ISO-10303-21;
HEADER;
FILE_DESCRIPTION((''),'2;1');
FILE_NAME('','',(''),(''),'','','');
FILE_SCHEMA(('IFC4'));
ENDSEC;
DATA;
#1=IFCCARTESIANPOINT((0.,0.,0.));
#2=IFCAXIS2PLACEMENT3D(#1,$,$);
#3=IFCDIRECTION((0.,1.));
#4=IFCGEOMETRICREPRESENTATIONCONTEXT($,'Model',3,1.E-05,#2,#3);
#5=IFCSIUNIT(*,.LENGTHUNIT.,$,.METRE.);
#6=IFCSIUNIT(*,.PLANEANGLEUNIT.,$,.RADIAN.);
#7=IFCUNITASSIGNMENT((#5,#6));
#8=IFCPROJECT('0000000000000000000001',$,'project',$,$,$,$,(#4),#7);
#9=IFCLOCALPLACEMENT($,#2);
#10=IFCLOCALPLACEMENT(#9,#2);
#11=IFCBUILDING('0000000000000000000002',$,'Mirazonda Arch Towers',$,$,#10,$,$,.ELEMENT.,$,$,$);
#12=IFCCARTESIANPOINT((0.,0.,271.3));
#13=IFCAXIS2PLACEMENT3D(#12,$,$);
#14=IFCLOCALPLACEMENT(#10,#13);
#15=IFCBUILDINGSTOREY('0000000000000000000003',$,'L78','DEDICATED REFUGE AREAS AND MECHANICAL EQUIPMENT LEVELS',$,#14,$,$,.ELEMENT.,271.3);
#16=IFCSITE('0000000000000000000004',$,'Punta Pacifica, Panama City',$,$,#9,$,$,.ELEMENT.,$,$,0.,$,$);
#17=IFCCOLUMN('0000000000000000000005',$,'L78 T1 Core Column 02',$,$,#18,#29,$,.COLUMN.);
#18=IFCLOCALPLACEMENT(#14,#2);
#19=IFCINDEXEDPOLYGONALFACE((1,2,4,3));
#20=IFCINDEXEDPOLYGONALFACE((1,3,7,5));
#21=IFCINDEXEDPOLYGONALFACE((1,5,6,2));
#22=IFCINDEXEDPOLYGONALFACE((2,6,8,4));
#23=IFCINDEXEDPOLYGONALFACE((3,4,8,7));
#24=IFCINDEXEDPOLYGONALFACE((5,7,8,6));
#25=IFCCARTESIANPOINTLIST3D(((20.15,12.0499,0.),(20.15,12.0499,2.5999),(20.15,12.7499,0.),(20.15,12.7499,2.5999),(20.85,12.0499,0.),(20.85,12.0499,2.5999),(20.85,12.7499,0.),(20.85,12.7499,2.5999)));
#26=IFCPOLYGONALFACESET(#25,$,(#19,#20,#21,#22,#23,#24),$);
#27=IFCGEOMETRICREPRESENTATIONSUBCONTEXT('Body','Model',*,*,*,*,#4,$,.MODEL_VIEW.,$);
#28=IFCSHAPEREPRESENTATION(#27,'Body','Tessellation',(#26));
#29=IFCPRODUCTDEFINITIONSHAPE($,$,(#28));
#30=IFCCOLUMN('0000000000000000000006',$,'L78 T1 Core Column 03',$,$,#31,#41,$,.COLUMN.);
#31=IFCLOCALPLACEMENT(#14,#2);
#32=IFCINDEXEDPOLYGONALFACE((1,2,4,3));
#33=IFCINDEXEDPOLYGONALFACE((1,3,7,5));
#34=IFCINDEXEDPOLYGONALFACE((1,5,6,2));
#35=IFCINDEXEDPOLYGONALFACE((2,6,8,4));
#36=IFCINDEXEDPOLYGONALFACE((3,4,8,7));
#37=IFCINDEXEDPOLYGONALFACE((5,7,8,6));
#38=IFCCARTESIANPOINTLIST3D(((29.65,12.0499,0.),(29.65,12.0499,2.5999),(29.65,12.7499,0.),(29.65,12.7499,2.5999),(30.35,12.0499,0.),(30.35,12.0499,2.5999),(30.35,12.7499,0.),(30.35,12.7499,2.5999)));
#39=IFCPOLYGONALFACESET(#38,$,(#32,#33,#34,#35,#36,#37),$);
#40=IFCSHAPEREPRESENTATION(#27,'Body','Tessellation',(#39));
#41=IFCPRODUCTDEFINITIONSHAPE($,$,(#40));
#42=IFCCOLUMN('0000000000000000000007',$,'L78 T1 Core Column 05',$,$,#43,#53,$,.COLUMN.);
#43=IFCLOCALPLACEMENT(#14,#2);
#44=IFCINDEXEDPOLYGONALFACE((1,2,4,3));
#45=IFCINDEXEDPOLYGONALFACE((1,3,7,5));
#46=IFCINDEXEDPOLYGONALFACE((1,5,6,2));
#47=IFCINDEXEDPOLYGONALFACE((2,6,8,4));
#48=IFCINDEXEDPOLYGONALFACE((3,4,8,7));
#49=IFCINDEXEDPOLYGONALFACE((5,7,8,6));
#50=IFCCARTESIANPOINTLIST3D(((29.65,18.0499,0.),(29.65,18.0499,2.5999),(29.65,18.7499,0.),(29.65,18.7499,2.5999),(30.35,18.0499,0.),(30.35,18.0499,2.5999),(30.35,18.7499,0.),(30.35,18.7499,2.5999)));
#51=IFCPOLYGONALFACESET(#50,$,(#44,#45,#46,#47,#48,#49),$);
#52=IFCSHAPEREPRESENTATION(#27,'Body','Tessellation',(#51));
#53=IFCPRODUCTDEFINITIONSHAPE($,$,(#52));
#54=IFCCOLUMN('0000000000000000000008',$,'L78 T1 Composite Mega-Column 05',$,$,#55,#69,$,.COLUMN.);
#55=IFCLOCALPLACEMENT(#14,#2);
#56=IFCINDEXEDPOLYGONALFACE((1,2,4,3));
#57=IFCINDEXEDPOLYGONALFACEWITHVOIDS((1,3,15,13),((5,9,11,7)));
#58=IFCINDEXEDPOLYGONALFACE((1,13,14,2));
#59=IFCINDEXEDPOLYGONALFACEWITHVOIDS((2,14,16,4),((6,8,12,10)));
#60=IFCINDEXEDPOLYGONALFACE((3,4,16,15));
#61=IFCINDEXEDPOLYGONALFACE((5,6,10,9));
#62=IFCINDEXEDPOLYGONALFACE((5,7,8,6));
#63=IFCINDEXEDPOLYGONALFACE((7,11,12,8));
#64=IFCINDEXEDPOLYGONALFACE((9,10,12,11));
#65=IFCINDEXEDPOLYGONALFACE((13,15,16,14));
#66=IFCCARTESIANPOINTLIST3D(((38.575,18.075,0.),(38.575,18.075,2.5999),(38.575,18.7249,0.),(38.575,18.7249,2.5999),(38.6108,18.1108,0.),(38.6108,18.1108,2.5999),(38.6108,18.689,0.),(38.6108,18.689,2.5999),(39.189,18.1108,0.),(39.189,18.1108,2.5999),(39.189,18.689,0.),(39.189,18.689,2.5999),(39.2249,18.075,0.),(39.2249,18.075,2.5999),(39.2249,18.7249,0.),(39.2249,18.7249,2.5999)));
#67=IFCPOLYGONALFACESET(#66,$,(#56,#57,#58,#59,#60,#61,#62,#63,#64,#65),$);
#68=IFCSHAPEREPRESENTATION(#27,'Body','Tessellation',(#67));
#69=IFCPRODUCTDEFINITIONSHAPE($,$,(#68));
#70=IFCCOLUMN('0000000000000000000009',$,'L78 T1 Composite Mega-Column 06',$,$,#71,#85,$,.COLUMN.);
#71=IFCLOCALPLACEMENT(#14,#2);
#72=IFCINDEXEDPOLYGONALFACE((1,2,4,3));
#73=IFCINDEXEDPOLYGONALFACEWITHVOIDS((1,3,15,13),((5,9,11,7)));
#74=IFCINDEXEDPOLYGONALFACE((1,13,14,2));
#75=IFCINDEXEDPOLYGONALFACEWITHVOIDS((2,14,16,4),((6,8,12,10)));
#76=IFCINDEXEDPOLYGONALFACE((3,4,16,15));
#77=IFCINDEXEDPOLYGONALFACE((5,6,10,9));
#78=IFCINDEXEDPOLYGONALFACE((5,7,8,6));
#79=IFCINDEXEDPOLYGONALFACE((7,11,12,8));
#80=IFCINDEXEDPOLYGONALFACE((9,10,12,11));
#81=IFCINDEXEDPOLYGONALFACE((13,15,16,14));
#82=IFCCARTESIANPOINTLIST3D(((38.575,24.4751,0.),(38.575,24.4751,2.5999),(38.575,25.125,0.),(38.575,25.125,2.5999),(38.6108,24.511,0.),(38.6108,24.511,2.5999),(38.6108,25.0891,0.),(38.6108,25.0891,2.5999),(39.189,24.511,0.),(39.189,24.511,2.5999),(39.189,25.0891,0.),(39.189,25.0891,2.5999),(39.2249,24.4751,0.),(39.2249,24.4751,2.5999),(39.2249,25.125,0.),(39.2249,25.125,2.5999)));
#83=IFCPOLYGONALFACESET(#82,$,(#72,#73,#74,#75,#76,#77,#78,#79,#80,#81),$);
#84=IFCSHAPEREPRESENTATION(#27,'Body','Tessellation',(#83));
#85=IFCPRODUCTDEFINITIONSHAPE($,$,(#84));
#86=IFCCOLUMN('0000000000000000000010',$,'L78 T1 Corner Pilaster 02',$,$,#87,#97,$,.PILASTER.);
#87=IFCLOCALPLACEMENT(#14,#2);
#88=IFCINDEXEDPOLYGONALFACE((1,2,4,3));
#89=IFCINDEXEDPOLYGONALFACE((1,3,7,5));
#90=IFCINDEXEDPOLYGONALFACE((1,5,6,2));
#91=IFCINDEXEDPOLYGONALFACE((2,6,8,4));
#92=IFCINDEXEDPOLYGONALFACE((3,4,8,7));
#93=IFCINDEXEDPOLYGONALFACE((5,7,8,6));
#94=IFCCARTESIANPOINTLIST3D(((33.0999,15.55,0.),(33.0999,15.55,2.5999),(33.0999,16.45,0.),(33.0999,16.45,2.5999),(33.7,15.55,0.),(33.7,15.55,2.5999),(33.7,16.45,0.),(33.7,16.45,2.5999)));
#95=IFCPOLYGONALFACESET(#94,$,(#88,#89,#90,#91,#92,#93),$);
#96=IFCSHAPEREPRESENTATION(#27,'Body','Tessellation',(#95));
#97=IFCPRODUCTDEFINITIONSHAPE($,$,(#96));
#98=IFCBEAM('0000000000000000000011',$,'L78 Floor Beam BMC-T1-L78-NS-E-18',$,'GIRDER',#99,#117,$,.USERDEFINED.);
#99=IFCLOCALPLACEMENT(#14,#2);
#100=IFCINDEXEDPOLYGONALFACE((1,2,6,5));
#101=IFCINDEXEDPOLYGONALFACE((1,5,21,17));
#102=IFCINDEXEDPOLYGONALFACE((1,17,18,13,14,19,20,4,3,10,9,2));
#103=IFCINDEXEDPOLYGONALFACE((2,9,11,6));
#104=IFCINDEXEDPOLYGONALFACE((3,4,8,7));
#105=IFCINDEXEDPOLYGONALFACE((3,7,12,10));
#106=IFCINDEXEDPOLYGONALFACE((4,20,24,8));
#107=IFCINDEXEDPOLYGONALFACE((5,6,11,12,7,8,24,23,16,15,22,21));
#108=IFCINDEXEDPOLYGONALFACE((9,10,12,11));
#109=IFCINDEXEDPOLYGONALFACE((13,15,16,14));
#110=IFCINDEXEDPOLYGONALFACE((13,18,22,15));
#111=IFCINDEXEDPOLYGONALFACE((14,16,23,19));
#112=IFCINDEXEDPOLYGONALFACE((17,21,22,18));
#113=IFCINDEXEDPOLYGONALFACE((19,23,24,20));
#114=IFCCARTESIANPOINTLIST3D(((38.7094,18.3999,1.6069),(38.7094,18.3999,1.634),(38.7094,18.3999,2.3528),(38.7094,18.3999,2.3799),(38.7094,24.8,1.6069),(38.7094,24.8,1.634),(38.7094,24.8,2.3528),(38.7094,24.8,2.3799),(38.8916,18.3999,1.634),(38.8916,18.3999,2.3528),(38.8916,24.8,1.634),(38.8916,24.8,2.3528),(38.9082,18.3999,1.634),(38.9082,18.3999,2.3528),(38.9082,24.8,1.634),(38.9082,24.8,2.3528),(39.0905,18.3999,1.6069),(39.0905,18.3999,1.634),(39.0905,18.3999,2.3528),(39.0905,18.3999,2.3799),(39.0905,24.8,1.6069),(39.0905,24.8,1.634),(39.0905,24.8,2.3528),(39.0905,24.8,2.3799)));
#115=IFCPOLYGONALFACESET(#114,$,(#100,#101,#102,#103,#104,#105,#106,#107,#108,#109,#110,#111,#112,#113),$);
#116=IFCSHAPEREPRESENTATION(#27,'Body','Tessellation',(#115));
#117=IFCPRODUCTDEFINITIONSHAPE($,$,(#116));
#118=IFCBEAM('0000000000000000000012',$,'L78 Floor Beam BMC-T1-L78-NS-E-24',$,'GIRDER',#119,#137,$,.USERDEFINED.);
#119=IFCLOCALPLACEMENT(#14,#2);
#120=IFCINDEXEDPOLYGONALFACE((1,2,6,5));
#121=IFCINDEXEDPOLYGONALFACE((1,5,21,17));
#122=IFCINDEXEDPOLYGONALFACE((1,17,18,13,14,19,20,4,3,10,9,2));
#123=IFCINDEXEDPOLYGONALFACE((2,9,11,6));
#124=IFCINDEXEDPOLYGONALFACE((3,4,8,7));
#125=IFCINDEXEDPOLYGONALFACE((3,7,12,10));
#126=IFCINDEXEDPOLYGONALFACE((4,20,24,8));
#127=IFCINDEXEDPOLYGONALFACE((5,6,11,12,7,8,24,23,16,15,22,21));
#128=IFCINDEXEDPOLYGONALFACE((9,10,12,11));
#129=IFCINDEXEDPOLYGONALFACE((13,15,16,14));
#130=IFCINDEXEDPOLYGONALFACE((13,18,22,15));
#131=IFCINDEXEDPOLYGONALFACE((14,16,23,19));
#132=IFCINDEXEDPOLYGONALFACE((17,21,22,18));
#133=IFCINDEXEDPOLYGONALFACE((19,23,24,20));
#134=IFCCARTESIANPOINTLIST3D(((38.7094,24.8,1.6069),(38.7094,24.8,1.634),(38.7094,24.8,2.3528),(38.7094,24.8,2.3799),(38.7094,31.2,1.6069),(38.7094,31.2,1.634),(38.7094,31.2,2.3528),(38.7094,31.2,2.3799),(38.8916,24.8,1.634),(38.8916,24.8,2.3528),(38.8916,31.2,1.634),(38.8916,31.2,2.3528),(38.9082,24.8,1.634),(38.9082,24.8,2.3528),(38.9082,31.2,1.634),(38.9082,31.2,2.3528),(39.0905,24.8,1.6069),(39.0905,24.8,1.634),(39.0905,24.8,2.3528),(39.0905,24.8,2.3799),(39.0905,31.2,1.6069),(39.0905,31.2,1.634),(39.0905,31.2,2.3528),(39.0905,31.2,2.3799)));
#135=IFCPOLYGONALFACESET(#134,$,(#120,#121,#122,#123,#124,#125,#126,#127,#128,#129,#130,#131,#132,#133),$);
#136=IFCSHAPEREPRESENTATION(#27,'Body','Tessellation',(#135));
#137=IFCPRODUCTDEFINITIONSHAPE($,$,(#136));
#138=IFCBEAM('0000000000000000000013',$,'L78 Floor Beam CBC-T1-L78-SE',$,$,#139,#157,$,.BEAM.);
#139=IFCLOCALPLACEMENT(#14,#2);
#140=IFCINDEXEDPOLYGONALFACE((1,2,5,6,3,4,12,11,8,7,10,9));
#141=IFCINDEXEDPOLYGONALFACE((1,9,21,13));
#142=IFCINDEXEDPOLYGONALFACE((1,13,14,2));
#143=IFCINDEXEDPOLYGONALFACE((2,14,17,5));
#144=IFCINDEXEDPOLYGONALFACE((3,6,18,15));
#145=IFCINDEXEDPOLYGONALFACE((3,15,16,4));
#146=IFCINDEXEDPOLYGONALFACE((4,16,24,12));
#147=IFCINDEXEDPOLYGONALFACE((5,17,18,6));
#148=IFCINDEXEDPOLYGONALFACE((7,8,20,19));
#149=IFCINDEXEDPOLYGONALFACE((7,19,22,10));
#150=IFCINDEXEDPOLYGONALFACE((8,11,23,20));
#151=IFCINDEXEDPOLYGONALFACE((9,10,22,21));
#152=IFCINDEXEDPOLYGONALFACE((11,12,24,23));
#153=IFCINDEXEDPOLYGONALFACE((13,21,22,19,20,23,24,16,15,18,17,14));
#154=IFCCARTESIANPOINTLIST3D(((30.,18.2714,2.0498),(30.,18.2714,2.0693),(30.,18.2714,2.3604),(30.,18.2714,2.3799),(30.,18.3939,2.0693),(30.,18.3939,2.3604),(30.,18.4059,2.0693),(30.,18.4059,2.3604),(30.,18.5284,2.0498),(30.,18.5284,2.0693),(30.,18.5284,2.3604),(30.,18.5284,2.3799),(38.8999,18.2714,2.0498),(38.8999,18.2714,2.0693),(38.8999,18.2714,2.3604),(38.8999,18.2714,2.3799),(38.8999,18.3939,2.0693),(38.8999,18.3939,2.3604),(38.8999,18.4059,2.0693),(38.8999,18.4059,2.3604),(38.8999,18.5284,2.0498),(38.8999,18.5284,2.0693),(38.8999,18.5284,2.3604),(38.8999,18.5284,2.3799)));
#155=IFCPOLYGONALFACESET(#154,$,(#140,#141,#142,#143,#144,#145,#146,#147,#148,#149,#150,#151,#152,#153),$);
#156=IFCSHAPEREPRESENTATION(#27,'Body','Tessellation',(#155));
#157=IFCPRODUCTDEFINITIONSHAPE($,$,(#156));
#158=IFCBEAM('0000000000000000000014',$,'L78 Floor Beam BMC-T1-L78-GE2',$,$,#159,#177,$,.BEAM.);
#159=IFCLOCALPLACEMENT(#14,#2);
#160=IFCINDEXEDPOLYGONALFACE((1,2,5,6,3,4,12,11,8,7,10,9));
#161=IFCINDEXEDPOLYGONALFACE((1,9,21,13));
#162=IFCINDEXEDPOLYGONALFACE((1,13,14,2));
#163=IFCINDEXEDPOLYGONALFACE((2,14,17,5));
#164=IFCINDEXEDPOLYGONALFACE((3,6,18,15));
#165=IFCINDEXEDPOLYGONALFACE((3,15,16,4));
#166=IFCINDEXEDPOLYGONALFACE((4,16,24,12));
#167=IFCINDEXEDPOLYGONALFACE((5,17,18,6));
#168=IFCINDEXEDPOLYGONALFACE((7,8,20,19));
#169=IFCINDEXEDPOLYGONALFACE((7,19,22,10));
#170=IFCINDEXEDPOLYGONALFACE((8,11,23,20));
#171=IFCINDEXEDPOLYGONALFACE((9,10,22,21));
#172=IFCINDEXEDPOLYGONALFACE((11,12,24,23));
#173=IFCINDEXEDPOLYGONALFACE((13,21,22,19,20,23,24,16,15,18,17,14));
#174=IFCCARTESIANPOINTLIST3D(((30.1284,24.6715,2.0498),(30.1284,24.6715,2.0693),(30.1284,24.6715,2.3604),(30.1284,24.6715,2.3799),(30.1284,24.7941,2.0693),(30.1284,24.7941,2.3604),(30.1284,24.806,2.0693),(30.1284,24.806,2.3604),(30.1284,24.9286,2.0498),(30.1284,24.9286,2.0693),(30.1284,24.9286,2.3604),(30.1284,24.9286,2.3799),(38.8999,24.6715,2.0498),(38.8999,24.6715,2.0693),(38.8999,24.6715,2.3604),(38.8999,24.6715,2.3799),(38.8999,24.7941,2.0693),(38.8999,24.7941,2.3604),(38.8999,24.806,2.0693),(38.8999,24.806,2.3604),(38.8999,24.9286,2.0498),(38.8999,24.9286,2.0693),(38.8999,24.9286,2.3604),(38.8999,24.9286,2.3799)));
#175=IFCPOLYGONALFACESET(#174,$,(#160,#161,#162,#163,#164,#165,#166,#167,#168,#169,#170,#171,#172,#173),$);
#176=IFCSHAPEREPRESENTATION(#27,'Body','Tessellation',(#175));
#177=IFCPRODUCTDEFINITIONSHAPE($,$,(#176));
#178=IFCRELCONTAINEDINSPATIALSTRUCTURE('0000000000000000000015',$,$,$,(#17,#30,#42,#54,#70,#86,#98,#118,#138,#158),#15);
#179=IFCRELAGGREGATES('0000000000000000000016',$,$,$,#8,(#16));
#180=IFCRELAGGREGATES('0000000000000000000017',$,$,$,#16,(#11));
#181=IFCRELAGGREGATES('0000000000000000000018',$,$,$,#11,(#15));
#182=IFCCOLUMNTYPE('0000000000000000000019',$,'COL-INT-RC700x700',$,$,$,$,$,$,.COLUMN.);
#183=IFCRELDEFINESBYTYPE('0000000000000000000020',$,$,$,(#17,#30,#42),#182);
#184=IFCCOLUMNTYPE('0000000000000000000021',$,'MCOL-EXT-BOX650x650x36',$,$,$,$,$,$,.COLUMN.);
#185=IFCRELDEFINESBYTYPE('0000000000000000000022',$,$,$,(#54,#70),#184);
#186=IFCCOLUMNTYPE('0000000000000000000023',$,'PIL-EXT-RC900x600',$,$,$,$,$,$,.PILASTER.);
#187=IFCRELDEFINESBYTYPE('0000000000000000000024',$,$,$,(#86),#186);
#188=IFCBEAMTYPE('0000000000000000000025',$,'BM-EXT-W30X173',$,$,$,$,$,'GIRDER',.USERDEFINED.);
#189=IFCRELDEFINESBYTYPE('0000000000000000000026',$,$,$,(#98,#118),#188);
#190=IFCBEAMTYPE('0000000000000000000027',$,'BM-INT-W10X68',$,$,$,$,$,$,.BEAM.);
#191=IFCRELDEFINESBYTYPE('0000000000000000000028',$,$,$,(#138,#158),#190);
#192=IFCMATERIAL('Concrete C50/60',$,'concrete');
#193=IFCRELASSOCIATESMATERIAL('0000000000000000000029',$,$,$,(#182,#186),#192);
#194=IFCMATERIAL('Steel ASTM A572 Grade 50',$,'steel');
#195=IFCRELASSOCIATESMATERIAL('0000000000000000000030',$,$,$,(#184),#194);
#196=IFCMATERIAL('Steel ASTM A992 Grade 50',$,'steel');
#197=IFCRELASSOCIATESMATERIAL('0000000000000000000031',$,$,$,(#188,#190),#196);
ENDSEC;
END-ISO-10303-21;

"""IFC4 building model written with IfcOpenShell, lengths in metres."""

from ifc_helpers import new_model, si_unit, direction, frame, origin, origin_2d, place, context, subcontext, project, spatial, rectangle, hollow_rectangle, i_section, extrude, material, material_profile, profile_set, type_object, element, save


model = new_model("IFC4")

# Units and contexts
model_context = context("Model", 3, precision=1e-05, world=origin(), true_north=direction((0.0, 1.0)))
body_context = subcontext(model_context, "Body", "Model", "MODEL_VIEW")
ifc_project = project(units=[si_unit("LENGTHUNIT", "METRE"), si_unit("PLANEANGLEUNIT", "RADIAN")], contexts=[model_context])

# Site, building, storey
site_placement = place(None, origin())
site = spatial("IfcSite", under=ifc_project, at=site_placement, Name="Punta Pacifica, Panama City", CompositionType="ELEMENT", RefElevation=0.0)
building_placement = place(site_placement, origin())
building = spatial("IfcBuilding", under=site, at=building_placement, Name="Mirazonda Arch Towers", CompositionType="ELEMENT")
storey_placement = place(building_placement, frame((0.0, 0.0, 271.3)))
storey = spatial("IfcBuildingStorey", under=building, at=storey_placement, Name="L78", Description="DEDICATED REFUGE AREAS AND MECHANICAL EQUIPMENT LEVELS", CompositionType="ELEMENT", Elevation=271.3)

# Columns
ifc_material_1 = material(Name="Concrete C50/60", Category="concrete")
ifc_material_profile_1 = material_profile(ifc_material_1, rectangle(XDim=0.7, YDim=0.7, at=origin_2d()), Name="RC700x700")
ifc_profile_set_1 = profile_set([ifc_material_profile_1], Name="Concrete C50/60")
column_type_1 = type_object("IfcColumnType", Name="COL-INT-RC700x700", PredefinedType="COLUMN", material=ifc_profile_set_1)
for number, where, z_axis, x_axis, name in (
    (1, (20.5, 12.3999, 0.0), (0.0, 0.0, 1.0), (1.0, 0.0, 0.0), "L78 T1 Core Column 02"),
    (2, (30.0, 12.3999, 0.0), (0.0, 0.0, 1.0), (1.0, 0.0, 0.0), "L78 T1 Core Column 03"),
    (3, (30.0, 18.3999, 0.0), (0.0, 0.0, 1.0), (1.0, 0.0, 0.0), "L78 T1 Core Column 05"),
):
    element("IfcColumn", number, at=place(storey_placement, frame(where, z_axis=z_axis, x_axis=x_axis)), inside=storey, type_object=column_type_1, Name=name, PredefinedType="COLUMN", context=body_context, shape_type="SweptSolid", body=[
        extrude(rectangle(XDim=0.7, YDim=0.7, at=origin_2d()), origin(), (0.0, 0.0, 1.0), 2.5999),
    ])
ifc_material_2 = material(Name="Steel ASTM A572 Grade 50", Category="steel")
ifc_material_profile_2 = material_profile(ifc_material_2, hollow_rectangle(XDim=0.6499, YDim=0.6499, WallThickness=0.0359, at=origin_2d()), Name="BOX650x650x36")
ifc_profile_set_2 = profile_set([ifc_material_profile_2], Name="Steel ASTM A572 Grade 50")
column_type_2 = type_object("IfcColumnType", Name="MCOL-EXT-BOX650x650x36", PredefinedType="COLUMN", material=ifc_profile_set_2)
for number, where, z_axis, x_axis, name in (
    (4, (38.8999, 18.3999, 0.0), (0.0, 0.0, 1.0), (1.0, 0.0, 0.0), "L78 T1 Composite Mega-Column 05"),
    (5, (38.8999, 24.8, 0.0), (0.0, 0.0, 1.0), (1.0, 0.0, 0.0), "L78 T1 Composite Mega-Column 06"),
):
    element("IfcColumn", number, at=place(storey_placement, frame(where, z_axis=z_axis, x_axis=x_axis)), inside=storey, type_object=column_type_2, Name=name, PredefinedType="COLUMN", context=body_context, shape_type="SweptSolid", body=[
        extrude(hollow_rectangle(XDim=0.6499, YDim=0.6499, WallThickness=0.0359, at=origin_2d()), origin(), (0.0, 0.0, 1.0), 2.5999),
    ])
ifc_material_profile_3 = material_profile(ifc_material_1, rectangle(XDim=0.6001, YDim=0.8999, at=origin_2d()), Name="RC900x600")
ifc_profile_set_3 = profile_set([ifc_material_profile_3], Name="Concrete C50/60")
column_type_3 = type_object("IfcColumnType", Name="PIL-EXT-RC900x600", PredefinedType="PILASTER", material=ifc_profile_set_3)
column_placement = place(storey_placement, frame((33.3999, 16.0, 0.0), z_axis=(0.0, 0.0, 1.0), x_axis=(1.0, 0.0, 0.0)))
element("IfcColumn", 6, at=column_placement, inside=storey, type_object=column_type_3, Name="L78 T1 Corner Pilaster 02", PredefinedType="PILASTER", context=body_context, shape_type="SweptSolid", body=[
    extrude(rectangle(XDim=0.6001, YDim=0.8999, at=origin_2d()), origin(), (0.0, 0.0, 1.0), 2.5999),
])

# Beams
ifc_material_3 = material(Name="Steel ASTM A992 Grade 50", Category="steel")
ifc_material_profile_4 = material_profile(ifc_material_3, i_section(OverallWidth=0.3811, OverallDepth=0.7729, WebThickness=0.0166, FlangeThickness=0.0271, at=origin_2d()), Name="W30X173")
ifc_profile_set_4 = profile_set([ifc_material_profile_4], Name="Steel ASTM A992 Grade 50")
beam_type_1 = type_object("IfcBeamType", Name="BM-EXT-W30X173", ElementType="GIRDER", PredefinedType="USERDEFINED", material=ifc_profile_set_4)
beam_1_placement = place(storey_placement, frame((38.8999, 18.3999, 1.9934), z_axis=(0.0, 1.0, 0.0), x_axis=(-1.0, 0.0, 0.0)))
element("IfcBeam", 7, at=beam_1_placement, inside=storey, type_object=beam_type_1, Name="L78 Floor Beam BMC-T1-L78-NS-E-18", ObjectType="GIRDER", PredefinedType="USERDEFINED", context=body_context, shape_type="SweptSolid", body=[
    extrude(i_section(OverallWidth=0.3811, OverallDepth=0.7729, WebThickness=0.0166, FlangeThickness=0.0271, at=origin_2d()), origin(), (0.0, 0.0, 1.0), 6.4001),
])
beam_2_placement = place(storey_placement, frame((38.8999, 24.8, 1.9934), z_axis=(0.0, 1.0, 0.0), x_axis=(-1.0, 0.0, 0.0)))
element("IfcBeam", 8, at=beam_2_placement, inside=storey, type_object=beam_type_1, Name="L78 Floor Beam BMC-T1-L78-NS-E-24", ObjectType="GIRDER", PredefinedType="USERDEFINED", context=body_context, shape_type="SweptSolid", body=[
    extrude(i_section(OverallWidth=0.3811, OverallDepth=0.7729, WebThickness=0.0166, FlangeThickness=0.0271, at=origin_2d()), origin(), (0.0, 0.0, 1.0), 6.3999),
])
ifc_material_profile_5 = material_profile(ifc_material_3, i_section(OverallWidth=0.2571, OverallDepth=0.3301, WebThickness=0.012, FlangeThickness=0.0195, at=origin_2d()), Name="W10X68")
ifc_profile_set_5 = profile_set([ifc_material_profile_5], Name="Steel ASTM A992 Grade 50")
beam_type_2 = type_object("IfcBeamType", Name="BM-INT-W10X68", PredefinedType="BEAM", material=ifc_profile_set_5)
beam_3_placement = place(storey_placement, frame((30.0, 18.3999, 2.2148), z_axis=(1.0, 0.0, 0.0), x_axis=(0.0, 1.0, 0.0)))
element("IfcBeam", 9, at=beam_3_placement, inside=storey, type_object=beam_type_2, Name="L78 Floor Beam CBC-T1-L78-SE", PredefinedType="BEAM", context=body_context, shape_type="SweptSolid", body=[
    extrude(i_section(OverallWidth=0.2571, OverallDepth=0.3301, WebThickness=0.012, FlangeThickness=0.0195, at=origin_2d()), origin(), (0.0, 0.0, 1.0), 8.8999),
])
beam_4_placement = place(storey_placement, frame((30.1284, 24.8, 2.2148), z_axis=(1.0, 0.0, 0.0), x_axis=(0.0, 1.0, 0.0)))
element("IfcBeam", 10, at=beam_4_placement, inside=storey, type_object=beam_type_2, Name="L78 Floor Beam BMC-T1-L78-GE2", PredefinedType="BEAM", context=body_context, shape_type="SweptSolid", body=[
    extrude(i_section(OverallWidth=0.2571, OverallDepth=0.3301, WebThickness=0.012, FlangeThickness=0.0195, at=origin_2d()), origin(), (0.0, 0.0, 1.0), 8.7715),
])

save(model, "model.ifc")
